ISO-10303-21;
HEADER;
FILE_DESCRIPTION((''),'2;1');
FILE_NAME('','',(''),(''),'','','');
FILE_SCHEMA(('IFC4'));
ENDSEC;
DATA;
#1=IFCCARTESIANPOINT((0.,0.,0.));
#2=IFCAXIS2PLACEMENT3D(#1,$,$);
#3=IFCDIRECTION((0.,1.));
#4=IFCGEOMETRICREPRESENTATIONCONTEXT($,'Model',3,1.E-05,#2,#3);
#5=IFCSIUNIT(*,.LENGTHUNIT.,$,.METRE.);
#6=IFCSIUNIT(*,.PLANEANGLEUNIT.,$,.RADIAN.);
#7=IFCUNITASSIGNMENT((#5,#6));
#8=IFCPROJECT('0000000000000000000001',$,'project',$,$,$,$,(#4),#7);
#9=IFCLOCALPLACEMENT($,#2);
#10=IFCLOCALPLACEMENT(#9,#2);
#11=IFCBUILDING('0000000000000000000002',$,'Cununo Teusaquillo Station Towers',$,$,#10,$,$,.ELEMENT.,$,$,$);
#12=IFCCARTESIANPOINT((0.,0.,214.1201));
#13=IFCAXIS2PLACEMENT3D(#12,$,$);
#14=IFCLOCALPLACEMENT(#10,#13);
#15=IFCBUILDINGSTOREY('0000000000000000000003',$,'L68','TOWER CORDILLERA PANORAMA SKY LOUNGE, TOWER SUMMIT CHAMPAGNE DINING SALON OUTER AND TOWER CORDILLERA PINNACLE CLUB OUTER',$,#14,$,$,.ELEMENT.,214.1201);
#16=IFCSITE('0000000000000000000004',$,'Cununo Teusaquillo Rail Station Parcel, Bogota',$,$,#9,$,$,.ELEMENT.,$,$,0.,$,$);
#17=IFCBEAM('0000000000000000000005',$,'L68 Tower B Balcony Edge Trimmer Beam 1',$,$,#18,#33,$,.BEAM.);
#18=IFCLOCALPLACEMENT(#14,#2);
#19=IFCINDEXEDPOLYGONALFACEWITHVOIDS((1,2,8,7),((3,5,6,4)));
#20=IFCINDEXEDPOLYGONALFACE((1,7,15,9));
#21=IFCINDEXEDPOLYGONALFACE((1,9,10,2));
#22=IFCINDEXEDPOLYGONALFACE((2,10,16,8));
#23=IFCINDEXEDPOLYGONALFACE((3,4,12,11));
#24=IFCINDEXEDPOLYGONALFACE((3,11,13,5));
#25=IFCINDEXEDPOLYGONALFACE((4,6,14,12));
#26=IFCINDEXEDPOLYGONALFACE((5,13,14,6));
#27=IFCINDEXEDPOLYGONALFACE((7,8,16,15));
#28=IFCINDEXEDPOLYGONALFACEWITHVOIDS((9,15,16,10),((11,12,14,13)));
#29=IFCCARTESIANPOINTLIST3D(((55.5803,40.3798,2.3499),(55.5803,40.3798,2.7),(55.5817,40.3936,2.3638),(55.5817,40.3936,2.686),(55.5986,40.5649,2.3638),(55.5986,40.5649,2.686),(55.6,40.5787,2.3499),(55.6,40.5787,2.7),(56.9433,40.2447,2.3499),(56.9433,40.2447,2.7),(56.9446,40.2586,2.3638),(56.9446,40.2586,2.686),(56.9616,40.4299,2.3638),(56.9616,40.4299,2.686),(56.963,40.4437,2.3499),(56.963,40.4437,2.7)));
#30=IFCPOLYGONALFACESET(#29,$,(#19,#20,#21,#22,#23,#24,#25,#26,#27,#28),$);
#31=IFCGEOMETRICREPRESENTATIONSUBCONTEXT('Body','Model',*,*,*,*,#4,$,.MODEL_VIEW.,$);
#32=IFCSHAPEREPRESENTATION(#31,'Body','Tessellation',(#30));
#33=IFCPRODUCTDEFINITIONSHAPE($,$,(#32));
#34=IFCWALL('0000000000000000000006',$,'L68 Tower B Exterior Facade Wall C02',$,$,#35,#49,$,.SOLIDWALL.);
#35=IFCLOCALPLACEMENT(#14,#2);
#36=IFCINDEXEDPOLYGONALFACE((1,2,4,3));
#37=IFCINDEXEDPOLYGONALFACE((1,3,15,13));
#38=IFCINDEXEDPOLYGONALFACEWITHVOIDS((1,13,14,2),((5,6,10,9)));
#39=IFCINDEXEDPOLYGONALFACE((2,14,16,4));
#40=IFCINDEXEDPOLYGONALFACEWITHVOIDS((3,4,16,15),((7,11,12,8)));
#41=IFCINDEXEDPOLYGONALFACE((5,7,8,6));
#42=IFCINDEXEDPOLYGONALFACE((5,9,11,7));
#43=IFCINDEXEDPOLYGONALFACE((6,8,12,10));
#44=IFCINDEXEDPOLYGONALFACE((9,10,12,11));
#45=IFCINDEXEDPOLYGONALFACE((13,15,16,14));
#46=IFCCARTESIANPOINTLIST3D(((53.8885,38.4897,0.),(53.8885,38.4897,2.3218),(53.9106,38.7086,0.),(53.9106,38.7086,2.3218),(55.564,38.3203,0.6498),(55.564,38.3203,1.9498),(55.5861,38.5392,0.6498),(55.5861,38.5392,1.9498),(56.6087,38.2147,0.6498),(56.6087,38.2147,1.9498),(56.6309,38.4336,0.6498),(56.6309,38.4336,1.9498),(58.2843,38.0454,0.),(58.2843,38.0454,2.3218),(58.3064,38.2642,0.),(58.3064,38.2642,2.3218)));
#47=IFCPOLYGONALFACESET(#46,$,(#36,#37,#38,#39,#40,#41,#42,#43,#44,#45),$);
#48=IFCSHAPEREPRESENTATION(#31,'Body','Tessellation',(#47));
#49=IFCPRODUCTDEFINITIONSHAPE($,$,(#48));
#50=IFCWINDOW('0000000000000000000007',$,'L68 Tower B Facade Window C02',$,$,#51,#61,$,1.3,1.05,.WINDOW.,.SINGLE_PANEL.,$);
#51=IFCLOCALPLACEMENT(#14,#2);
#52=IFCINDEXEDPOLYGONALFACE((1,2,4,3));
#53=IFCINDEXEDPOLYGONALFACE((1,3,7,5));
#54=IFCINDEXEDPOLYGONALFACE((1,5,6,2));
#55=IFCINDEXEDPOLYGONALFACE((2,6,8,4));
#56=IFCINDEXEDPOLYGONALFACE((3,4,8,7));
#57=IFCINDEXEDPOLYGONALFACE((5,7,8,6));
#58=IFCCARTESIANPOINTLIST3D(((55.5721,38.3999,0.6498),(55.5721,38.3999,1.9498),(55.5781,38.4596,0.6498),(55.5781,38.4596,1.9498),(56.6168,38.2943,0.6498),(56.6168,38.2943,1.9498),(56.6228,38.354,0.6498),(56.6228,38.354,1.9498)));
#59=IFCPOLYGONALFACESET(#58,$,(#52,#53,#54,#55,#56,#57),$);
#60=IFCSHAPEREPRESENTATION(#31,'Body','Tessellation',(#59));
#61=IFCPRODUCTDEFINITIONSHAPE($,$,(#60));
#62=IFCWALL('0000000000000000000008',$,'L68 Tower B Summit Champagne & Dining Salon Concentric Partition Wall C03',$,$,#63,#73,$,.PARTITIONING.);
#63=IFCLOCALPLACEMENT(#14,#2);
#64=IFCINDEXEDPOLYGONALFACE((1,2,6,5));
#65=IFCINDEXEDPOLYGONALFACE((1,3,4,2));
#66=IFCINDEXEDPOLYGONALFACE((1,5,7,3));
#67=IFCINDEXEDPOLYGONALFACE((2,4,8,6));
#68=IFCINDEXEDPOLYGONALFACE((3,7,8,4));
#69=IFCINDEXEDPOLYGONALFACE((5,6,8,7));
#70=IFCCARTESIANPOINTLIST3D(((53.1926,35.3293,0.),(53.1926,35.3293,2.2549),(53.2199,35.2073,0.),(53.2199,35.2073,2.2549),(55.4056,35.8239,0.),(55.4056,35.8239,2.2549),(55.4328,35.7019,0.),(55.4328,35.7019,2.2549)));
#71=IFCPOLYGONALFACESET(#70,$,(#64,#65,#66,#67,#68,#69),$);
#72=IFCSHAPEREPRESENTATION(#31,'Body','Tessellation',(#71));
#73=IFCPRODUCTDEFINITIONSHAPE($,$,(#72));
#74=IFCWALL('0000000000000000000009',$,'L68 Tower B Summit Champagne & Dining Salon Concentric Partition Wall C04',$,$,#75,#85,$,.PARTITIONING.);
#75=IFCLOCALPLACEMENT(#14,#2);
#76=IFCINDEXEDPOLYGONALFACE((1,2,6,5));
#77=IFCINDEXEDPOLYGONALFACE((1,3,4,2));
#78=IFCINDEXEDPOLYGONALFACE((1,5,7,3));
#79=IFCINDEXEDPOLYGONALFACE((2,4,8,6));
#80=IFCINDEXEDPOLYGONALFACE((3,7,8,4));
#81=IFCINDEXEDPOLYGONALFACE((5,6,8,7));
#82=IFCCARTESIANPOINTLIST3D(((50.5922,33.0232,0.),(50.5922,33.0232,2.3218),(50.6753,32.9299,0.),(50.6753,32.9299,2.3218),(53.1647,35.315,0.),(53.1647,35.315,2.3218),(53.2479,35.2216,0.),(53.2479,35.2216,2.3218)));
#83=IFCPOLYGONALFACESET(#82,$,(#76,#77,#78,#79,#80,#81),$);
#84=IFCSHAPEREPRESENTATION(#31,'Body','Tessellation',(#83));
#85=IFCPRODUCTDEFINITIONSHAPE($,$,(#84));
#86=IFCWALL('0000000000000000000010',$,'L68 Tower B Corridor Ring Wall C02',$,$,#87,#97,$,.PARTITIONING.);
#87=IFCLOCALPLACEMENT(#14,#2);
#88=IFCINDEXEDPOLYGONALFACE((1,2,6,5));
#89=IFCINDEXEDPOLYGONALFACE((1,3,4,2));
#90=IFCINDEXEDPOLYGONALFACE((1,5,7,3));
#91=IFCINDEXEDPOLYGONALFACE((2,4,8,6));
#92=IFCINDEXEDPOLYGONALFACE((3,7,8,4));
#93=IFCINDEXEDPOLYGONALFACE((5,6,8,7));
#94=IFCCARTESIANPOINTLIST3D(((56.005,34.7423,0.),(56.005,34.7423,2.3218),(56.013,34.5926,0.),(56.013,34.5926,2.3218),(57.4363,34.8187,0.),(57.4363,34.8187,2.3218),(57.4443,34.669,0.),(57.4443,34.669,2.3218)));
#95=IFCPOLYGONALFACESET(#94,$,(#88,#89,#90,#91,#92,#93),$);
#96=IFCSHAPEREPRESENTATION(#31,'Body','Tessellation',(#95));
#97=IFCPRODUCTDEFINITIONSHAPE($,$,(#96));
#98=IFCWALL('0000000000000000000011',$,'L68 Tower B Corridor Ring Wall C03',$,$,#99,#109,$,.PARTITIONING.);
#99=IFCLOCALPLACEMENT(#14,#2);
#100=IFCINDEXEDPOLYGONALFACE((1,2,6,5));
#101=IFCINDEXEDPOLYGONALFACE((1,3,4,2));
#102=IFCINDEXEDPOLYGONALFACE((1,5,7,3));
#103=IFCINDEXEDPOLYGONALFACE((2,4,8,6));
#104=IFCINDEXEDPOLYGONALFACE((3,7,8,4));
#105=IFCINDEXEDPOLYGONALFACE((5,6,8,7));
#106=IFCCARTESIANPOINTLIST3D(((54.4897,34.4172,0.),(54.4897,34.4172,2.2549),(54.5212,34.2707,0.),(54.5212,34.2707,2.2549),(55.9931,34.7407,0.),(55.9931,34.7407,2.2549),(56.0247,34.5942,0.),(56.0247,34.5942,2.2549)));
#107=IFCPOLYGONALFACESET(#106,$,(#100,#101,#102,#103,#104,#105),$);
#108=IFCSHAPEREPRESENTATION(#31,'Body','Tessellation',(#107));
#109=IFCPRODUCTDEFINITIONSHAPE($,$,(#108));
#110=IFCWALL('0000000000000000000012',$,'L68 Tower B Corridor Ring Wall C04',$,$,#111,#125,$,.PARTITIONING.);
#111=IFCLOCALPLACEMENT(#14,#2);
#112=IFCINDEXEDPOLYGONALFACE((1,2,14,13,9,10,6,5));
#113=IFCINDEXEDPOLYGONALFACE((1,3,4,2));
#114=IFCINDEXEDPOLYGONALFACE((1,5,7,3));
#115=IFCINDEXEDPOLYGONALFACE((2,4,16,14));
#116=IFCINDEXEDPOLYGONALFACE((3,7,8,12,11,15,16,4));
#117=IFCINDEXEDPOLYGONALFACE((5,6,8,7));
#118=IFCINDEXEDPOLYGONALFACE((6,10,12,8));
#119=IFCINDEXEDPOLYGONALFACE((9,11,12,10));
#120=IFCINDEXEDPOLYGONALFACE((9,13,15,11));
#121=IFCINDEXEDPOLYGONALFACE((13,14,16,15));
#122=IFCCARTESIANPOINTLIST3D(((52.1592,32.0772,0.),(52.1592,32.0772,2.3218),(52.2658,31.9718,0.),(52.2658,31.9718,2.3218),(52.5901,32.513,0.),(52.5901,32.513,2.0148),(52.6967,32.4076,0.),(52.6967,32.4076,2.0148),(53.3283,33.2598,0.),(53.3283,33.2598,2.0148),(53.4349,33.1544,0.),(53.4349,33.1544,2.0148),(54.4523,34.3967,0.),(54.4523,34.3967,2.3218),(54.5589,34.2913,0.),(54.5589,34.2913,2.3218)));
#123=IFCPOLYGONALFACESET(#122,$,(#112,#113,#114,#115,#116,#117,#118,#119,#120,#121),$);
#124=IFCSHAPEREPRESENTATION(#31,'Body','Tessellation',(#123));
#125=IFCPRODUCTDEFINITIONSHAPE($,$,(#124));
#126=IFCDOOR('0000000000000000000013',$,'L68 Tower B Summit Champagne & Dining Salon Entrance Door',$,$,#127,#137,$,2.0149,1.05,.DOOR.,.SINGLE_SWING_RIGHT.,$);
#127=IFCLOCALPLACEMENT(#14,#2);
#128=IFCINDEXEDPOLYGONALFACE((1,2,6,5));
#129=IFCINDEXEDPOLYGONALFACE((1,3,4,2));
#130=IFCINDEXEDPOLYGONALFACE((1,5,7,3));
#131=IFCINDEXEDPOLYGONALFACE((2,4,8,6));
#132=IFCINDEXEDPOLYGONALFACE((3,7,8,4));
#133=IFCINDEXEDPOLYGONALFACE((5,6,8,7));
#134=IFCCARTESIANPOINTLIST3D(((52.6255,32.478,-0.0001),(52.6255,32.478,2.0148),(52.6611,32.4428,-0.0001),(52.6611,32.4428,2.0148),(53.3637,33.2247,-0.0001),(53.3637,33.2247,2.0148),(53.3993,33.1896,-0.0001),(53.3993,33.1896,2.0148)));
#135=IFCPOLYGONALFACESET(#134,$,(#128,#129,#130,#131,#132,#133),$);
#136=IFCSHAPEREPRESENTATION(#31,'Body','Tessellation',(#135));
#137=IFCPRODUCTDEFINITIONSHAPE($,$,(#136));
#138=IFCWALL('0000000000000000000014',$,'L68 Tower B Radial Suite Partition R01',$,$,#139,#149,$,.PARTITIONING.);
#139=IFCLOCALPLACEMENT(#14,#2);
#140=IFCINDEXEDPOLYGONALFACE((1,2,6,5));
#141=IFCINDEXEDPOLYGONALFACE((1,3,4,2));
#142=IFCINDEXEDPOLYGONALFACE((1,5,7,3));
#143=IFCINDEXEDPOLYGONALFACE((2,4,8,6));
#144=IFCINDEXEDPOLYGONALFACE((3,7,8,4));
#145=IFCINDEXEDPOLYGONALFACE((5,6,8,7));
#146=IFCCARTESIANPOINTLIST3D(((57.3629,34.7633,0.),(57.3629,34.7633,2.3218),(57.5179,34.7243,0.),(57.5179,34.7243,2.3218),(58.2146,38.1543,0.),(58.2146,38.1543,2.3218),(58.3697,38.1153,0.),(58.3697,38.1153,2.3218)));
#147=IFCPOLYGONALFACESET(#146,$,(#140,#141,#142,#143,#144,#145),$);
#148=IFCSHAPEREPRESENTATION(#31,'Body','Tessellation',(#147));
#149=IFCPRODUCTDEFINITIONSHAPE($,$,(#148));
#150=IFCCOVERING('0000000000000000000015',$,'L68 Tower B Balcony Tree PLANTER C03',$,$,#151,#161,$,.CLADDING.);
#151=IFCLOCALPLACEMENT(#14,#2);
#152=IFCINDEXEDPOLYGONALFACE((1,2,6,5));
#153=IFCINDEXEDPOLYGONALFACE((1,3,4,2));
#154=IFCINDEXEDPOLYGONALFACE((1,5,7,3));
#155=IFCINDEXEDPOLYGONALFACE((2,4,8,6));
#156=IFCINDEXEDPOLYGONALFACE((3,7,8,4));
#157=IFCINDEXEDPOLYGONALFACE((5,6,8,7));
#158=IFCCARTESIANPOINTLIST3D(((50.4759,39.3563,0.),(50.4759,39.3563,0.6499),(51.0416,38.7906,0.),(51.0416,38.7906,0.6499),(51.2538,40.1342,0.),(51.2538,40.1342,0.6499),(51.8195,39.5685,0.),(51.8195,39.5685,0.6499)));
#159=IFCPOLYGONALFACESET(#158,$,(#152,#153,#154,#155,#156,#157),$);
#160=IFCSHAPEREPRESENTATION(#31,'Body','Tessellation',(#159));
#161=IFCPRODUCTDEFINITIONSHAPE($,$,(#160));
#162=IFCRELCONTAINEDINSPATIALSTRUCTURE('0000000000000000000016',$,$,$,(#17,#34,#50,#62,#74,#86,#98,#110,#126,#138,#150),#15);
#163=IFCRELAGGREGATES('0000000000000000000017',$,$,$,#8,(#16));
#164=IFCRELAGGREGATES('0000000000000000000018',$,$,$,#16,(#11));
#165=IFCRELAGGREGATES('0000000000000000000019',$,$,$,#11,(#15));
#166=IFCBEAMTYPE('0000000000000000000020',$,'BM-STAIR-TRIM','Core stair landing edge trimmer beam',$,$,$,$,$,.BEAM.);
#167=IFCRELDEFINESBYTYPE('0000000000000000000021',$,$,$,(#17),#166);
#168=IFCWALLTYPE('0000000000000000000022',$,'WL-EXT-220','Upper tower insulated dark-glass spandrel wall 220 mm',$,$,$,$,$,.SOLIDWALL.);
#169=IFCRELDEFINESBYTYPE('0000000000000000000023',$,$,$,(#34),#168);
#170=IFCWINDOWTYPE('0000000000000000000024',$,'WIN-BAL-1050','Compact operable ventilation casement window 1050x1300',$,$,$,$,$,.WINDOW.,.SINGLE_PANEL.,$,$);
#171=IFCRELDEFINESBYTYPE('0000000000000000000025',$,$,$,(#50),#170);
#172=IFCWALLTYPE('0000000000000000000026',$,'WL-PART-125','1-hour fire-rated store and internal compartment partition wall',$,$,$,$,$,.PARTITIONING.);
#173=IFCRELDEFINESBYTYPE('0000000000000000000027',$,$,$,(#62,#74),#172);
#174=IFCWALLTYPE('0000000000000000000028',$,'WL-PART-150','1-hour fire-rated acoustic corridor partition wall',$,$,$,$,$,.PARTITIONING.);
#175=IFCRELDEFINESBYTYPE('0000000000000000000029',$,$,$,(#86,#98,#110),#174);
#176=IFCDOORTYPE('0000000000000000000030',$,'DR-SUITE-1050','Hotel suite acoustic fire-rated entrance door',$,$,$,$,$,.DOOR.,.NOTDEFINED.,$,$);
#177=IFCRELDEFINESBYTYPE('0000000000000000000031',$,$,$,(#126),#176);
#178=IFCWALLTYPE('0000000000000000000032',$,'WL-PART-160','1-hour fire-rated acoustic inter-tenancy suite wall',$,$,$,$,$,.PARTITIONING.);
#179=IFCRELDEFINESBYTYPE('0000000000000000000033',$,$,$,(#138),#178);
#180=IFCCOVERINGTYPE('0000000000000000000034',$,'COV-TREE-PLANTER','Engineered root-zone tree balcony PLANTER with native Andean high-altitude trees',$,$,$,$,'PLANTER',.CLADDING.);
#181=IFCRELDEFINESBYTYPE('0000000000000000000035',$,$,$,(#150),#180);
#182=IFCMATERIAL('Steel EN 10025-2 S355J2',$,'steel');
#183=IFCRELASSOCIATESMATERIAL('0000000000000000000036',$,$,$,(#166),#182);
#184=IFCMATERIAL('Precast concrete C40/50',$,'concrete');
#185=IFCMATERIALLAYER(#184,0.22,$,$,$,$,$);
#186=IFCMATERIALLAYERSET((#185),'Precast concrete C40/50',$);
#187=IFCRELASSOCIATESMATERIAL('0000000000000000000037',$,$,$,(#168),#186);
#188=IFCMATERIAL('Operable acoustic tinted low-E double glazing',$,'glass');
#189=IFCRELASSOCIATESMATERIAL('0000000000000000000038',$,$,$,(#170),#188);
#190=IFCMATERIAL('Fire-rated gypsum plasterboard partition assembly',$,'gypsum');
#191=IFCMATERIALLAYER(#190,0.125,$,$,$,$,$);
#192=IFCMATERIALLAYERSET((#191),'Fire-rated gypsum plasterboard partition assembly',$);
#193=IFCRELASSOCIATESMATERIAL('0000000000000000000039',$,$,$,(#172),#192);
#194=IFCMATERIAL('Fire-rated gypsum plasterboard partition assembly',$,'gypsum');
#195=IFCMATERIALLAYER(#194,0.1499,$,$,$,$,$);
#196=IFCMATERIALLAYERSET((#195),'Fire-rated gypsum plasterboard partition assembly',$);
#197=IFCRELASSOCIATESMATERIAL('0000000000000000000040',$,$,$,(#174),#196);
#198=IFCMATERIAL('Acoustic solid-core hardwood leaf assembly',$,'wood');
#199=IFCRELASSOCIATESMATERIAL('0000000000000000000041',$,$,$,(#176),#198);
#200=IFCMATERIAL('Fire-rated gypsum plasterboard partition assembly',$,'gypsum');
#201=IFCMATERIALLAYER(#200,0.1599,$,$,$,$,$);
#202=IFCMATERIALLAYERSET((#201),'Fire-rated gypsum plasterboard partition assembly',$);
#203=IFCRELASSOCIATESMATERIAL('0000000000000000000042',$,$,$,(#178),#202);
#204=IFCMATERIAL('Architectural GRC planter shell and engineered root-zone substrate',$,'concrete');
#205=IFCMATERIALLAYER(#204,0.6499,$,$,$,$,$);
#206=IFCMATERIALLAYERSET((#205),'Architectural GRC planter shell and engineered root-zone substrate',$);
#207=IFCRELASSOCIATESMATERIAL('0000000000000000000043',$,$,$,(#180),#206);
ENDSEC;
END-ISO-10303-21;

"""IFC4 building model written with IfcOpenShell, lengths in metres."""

from ifc_helpers import new_model, si_unit, direction, frame, frame_2d, origin, origin_2d, place, context, subcontext, project, spatial, rectangle, hollow_rectangle, extrude, source, transform, mapped, material, layer, layer_set, material_profile, profile_set, type_object, element, fill, save


model = new_model("IFC4")

# Units and contexts
model_context = context("Model", 3, precision=1e-05, world=origin(), true_north=direction((0.0, 1.0)))
body_context = subcontext(model_context, "Body", "Model", "MODEL_VIEW")
ifc_project = project(units=[si_unit("LENGTHUNIT", "METRE"), si_unit("PLANEANGLEUNIT", "RADIAN")], contexts=[model_context])

# Site, building, storey
site_placement = place(None, origin())
site = spatial("IfcSite", under=ifc_project, at=site_placement, Name="Cununo Teusaquillo Rail Station Parcel, Bogota", CompositionType="ELEMENT", RefElevation=0.0)
building_placement = place(site_placement, origin())
building = spatial("IfcBuilding", under=site, at=building_placement, Name="Cununo Teusaquillo Station Towers", CompositionType="ELEMENT")
storey_placement = place(building_placement, frame((0.0, 0.0, 214.1201)))
storey = spatial("IfcBuildingStorey", under=building, at=storey_placement, Name="L68", Description="TOWER CORDILLERA PANORAMA SKY LOUNGE, TOWER SUMMIT CHAMPAGNE DINING SALON OUTER AND TOWER CORDILLERA PINNACLE CLUB OUTER", CompositionType="ELEMENT", Elevation=214.1201)

# Beam
ifc_material_1 = material(Name="Steel EN 10025-2 S355J2", Category="steel")
ifc_material_profile_1 = material_profile(ifc_material_1, hollow_rectangle(XDim=0.2, YDim=0.3501, WallThickness=0.0139, at=origin_2d()), Name="RHS 350x200x14")
ifc_profile_set_1 = profile_set([ifc_material_profile_1], Name="Steel EN 10025-2 S355J2")
beam_type_1 = type_object("IfcBeamType", Name="BM-STAIR-TRIM", Description="Core stair landing edge trimmer beam", PredefinedType="BEAM", material=ifc_profile_set_1)
beam_1_placement = place(storey_placement, frame((56.9531, 40.3442, 2.5249), z_axis=(-0.99513, 0.098568, 0.0), x_axis=(-0.098568, -0.99513, 0.0)))
element("IfcBeam", 1, at=beam_1_placement, inside=storey, type_object=beam_type_1, Name="L68 Tower B Balcony Edge Trimmer Beam 1", PredefinedType="BEAM", context=body_context, shape_type="SweptSolid", body=[
    extrude(hollow_rectangle(XDim=0.2, YDim=0.3501, WallThickness=0.0139, at=origin_2d()), origin(), (0.0, 0.0, 1.0), 1.3696),
])

# Wall, opening, window
ifc_material_2 = material(Name="Precast concrete C40/50", Category="concrete")
ifc_layer_1 = layer(ifc_material_2, 0.22)
ifc_layer_set_1 = layer_set([ifc_layer_1], Name="Precast concrete C40/50")
wall_type_1 = type_object("IfcWallType", Name="WL-EXT-220", Description="Upper tower insulated dark-glass spandrel wall 220 mm", PredefinedType="SOLIDWALL", material=ifc_layer_set_1)
wall_1_placement = place(storey_placement, frame((53.8997, 38.5991, 0.0), z_axis=(0.0, 0.0, 1.0), x_axis=(0.99493, -0.100571, 0.0)))
wall_1 = element("IfcWall", 2, at=wall_1_placement, inside=storey, type_object=wall_type_1, Name="L68 Tower B Exterior Facade Wall C02", PredefinedType="SOLIDWALL", context=body_context, shape_type="SweptSolid", body=[
    extrude(rectangle(XDim=4.4182, YDim=0.22, at=frame_2d((2.209, 0.0))), origin(), (0.0, 0.0, 1.0), 2.3218),
])
shared_shape_1 = source(origin(), body_context, "Body", "SweptSolid", [
    extrude(rectangle(XDim=1.05, YDim=1.3, at=frame_2d((0.5249, 0.6499))), frame((0.0, 0.1199, 0.0), z_axis=(0.0, -1.0, 0.0), x_axis=(1.0, 0.0, 0.0)), (0.0, 0.0, 1.0), 0.24),
])
opening_1_placement = place(wall_1_placement, frame((1.6841, 0.0, 0.6499)))
opening_1 = element("IfcOpeningElement", 3, at=opening_1_placement, cuts=wall_1, PredefinedType="OPENING", context=body_context, shape_type="MappedRepresentation", body=[
    mapped(shared_shape_1, transform((0.0, 0.0, 0.0), x_axis=(1.0, 0.0, 0.0), y_axis=(0.0, 1.0, 0.0), z_axis=(0.0, 0.0, 1.0), scale=1.0)),
])
ifc_material_3 = material(Name="Operable acoustic tinted low-E double glazing", Category="glass")
window_type = type_object("IfcWindowType", Name="WIN-BAL-1050", Description="Compact operable ventilation casement window 1050x1300", PartitioningType="SINGLE_PANEL", PredefinedType="WINDOW", material=ifc_material_3)
shared_shape_2 = source(origin(), body_context, "Body", "SweptSolid", [
    extrude(rectangle(XDim=1.05, YDim=1.3, at=frame_2d((0.5249, 0.6499))), frame((0.0, 0.03, 0.0), z_axis=(0.0, -1.0, 0.0), x_axis=(1.0, 0.0, 0.0)), (0.0, 0.0, 1.0), 0.0601),
])
window_placement = place(opening_1_placement, origin())
window = element("IfcWindow", 4, at=window_placement, inside=storey, type_object=window_type, Name="L68 Tower B Facade Window C02", OverallHeight=1.3, OverallWidth=1.05, PartitioningType="SINGLE_PANEL", PredefinedType="WINDOW", context=body_context, shape_type="MappedRepresentation", body=[
    mapped(shared_shape_2, transform((0.0, 0.0, 0.0), x_axis=(1.0, 0.0, 0.0), y_axis=(0.0, 1.0, 0.0), z_axis=(0.0, 0.0, 1.0), scale=1.0)),
])
fill(opening_1, window)

# Walls
ifc_material_4 = material(Name="Fire-rated gypsum plasterboard partition assembly", Category="gypsum")
ifc_layer_2 = layer(ifc_material_4, 0.125)
ifc_layer_set_2 = layer_set([ifc_layer_2], Name="Fire-rated gypsum plasterboard partition assembly")
wall_type_2 = type_object("IfcWallType", Name="WL-PART-125", Description="1-hour fire-rated store and internal compartment partition wall", PredefinedType="PARTITIONING", material=ifc_layer_set_2)
wall_2_placement = place(storey_placement, frame((55.4192, 35.7629, 0.0), z_axis=(0.0, 0.0, 1.0), x_axis=(-0.975918, -0.218139, 0.0)))
element("IfcWall", 5, at=wall_2_placement, inside=storey, type_object=wall_type_2, Name="L68 Tower B Summit Champagne & Dining Salon Concentric Partition Wall C03", PredefinedType="PARTITIONING", context=body_context, shape_type="SweptSolid", body=[
    extrude(rectangle(XDim=2.2676, YDim=0.125, at=frame_2d((1.1338, 0.0))), origin(), (0.0, 0.0, 1.0), 2.2549),
])
wall_3_placement = place(storey_placement, frame((53.2063, 35.2683, 0.0), z_axis=(0.0, 0.0, 1.0), x_axis=(-0.746678, -0.665186, 0.0)))
element("IfcWall", 6, at=wall_3_placement, inside=storey, type_object=wall_type_2, Name="L68 Tower B Summit Champagne & Dining Salon Concentric Partition Wall C04", PredefinedType="PARTITIONING", context=body_context, shape_type="SweptSolid", body=[
    extrude(rectangle(XDim=3.4453, YDim=0.125, at=frame_2d((1.7227, 0.0))), origin(), (0.0, 0.0, 1.0), 2.3218),
])
ifc_material_5 = material(Name="Fire-rated gypsum plasterboard partition assembly", Category="gypsum")
ifc_layer_3 = layer(ifc_material_5, 0.1499)
ifc_layer_set_3 = layer_set([ifc_layer_3], Name="Fire-rated gypsum plasterboard partition assembly")
wall_type_3 = type_object("IfcWallType", Name="WL-PART-150", Description="1-hour fire-rated acoustic corridor partition wall", PredefinedType="PARTITIONING", material=ifc_layer_set_3)
wall_4_placement = place(storey_placement, frame((57.4404, 34.7439, 0.0), z_axis=(0.0, 0.0, 1.0), x_axis=(-0.998578, -0.05331, 0.0)))
element("IfcWall", 7, at=wall_4_placement, inside=storey, type_object=wall_type_3, Name="L68 Tower B Corridor Ring Wall C02", PredefinedType="PARTITIONING", context=body_context, shape_type="SweptSolid", body=[
    extrude(rectangle(XDim=1.4333, YDim=0.1499, at=frame_2d((0.7168, 0.0))), origin(), (0.0, 0.0, 1.0), 2.3218),
])
wall_5_placement = place(storey_placement, frame((56.009, 34.6675, 0.0), z_axis=(0.0, 0.0, 1.0), x_axis=(-0.977625, -0.210353, 0.0)))
element("IfcWall", 8, at=wall_5_placement, inside=storey, type_object=wall_type_3, Name="L68 Tower B Corridor Ring Wall C03", PredefinedType="PARTITIONING", context=body_context, shape_type="SweptSolid", body=[
    extrude(rectangle(XDim=1.5378, YDim=0.1499, at=frame_2d((0.769, 0.0))), origin(), (0.0, 0.0, 1.0), 2.2549),
])

# Wall, opening, door
wall_6_placement = place(storey_placement, frame((54.5056, 34.344, 0.0), z_axis=(0.0, 0.0, 1.0), x_axis=(-0.703053, -0.711137, 0.0)))
wall_6 = element("IfcWall", 9, at=wall_6_placement, inside=storey, type_object=wall_type_3, Name="L68 Tower B Corridor Ring Wall C04", PredefinedType="PARTITIONING", context=body_context, shape_type="SweptSolid", body=[
    extrude(rectangle(XDim=3.2617, YDim=0.1499, at=frame_2d((1.6309, 0.0))), origin(), (0.0, 0.0, 1.0), 2.3218),
])
shared_shape_3 = source(origin(), body_context, "Body", "SweptSolid", [
    extrude(rectangle(XDim=1.05, YDim=2.0149, at=frame_2d((0.5249, 1.0073))), frame((0.0, 0.085, 0.0), z_axis=(0.0, -1.0, 0.0), x_axis=(1.0, 0.0, 0.0)), (0.0, 0.0, 1.0), 0.1699),
])
opening_2_placement = place(wall_6_placement, frame((1.5989, 0.0, 0.0)))
opening_2 = element("IfcOpeningElement", 10, at=opening_2_placement, cuts=wall_6, PredefinedType="OPENING", context=body_context, shape_type="MappedRepresentation", body=[
    mapped(shared_shape_3, transform((0.0, 0.0, 0.0), x_axis=(1.0, 0.0, 0.0), y_axis=(0.0, 1.0, 0.0), z_axis=(0.0, 0.0, 1.0), scale=1.0)),
])
ifc_material_6 = material(Name="Acoustic solid-core hardwood leaf assembly", Category="wood")
door_type = type_object("IfcDoorType", Name="DR-SUITE-1050", Description="Hotel suite acoustic fire-rated entrance door", OperationType="NOTDEFINED", PredefinedType="DOOR", material=ifc_material_6)
shared_shape_4 = source(origin(), body_context, "Body", "SweptSolid", [
    extrude(rectangle(XDim=1.05, YDim=2.0149, at=frame_2d((0.5249, 1.0073))), frame((0.0, 0.0249, 0.0), z_axis=(0.0, -1.0, 0.0), x_axis=(1.0, 0.0, 0.0)), (0.0, 0.0, 1.0), 0.05),
])
door_placement = place(opening_2_placement, origin())
door = element("IfcDoor", 11, at=door_placement, inside=storey, type_object=door_type, Name="L68 Tower B Summit Champagne & Dining Salon Entrance Door", OperationType="SINGLE_SWING_RIGHT", OverallHeight=2.0149, OverallWidth=1.05, PredefinedType="DOOR", context=body_context, shape_type="MappedRepresentation", body=[
    mapped(shared_shape_4, transform((0.0, 0.0, 0.0), x_axis=(1.0, 0.0, 0.0), y_axis=(0.0, 1.0, 0.0), z_axis=(0.0, 0.0, 1.0), scale=1.0)),
])
fill(opening_2, door)

# Wall
ifc_material_7 = material(Name="Fire-rated gypsum plasterboard partition assembly", Category="gypsum")
ifc_layer_4 = layer(ifc_material_7, 0.1599)
ifc_layer_set_4 = layer_set([ifc_layer_4], Name="Fire-rated gypsum plasterboard partition assembly")
wall_type_4 = type_object("IfcWallType", Name="WL-PART-160", Description="1-hour fire-rated acoustic inter-tenancy suite wall", PredefinedType="PARTITIONING", material=ifc_layer_set_4)
wall_7_placement = place(storey_placement, frame((57.4404, 34.7439, 0.0), z_axis=(0.0, 0.0, 1.0), x_axis=(0.24362, 0.969871, 0.0)))
element("IfcWall", 12, at=wall_7_placement, inside=storey, type_object=wall_type_4, Name="L68 Tower B Radial Suite Partition R01", PredefinedType="PARTITIONING", context=body_context, shape_type="SweptSolid", body=[
    extrude(rectangle(XDim=3.4963, YDim=0.1599, at=frame_2d((1.748, 0.0))), origin(), (0.0, 0.0, 1.0), 2.3218),
])

# Covering
ifc_material_8 = material(Name="Architectural GRC planter shell and engineered root-zone substrate", Category="concrete")
ifc_layer_5 = layer(ifc_material_8, 0.6499)
ifc_layer_set_5 = layer_set([ifc_layer_5], Name="Architectural GRC planter shell and engineered root-zone substrate")
covering_type = type_object("IfcCoveringType", Name="COV-TREE-PLANTER", Description="Engineered root-zone tree balcony PLANTER with native Andean high-altitude trees", ElementType="PLANTER", PredefinedType="CLADDING", material=ifc_layer_set_5)
shared_shape_5 = source(origin(), body_context, "Body", "SweptSolid", [
    extrude(rectangle(XDim=1.1001, YDim=0.8, at=origin_2d()), origin(), (0.0, 0.0, 1.0), 0.6499),
])
covering_placement = place(storey_placement, frame((51.1477, 39.4624, 0.0), z_axis=(0.0, 0.0, 1.0), x_axis=(0.707107, 0.707107, 0.0)))
element("IfcCovering", 13, at=covering_placement, inside=storey, type_object=covering_type, Name="L68 Tower B Balcony Tree PLANTER C03", PredefinedType="CLADDING", context=body_context, shape_type="MappedRepresentation", body=[
    mapped(shared_shape_5, transform((0.0, 0.0, 0.0), x_axis=(1.0, 0.0, 0.0), y_axis=(0.0, 1.0, 0.0), z_axis=(0.0, 0.0, 1.0), scale=1.0)),
])

save(model, "model.ifc")
